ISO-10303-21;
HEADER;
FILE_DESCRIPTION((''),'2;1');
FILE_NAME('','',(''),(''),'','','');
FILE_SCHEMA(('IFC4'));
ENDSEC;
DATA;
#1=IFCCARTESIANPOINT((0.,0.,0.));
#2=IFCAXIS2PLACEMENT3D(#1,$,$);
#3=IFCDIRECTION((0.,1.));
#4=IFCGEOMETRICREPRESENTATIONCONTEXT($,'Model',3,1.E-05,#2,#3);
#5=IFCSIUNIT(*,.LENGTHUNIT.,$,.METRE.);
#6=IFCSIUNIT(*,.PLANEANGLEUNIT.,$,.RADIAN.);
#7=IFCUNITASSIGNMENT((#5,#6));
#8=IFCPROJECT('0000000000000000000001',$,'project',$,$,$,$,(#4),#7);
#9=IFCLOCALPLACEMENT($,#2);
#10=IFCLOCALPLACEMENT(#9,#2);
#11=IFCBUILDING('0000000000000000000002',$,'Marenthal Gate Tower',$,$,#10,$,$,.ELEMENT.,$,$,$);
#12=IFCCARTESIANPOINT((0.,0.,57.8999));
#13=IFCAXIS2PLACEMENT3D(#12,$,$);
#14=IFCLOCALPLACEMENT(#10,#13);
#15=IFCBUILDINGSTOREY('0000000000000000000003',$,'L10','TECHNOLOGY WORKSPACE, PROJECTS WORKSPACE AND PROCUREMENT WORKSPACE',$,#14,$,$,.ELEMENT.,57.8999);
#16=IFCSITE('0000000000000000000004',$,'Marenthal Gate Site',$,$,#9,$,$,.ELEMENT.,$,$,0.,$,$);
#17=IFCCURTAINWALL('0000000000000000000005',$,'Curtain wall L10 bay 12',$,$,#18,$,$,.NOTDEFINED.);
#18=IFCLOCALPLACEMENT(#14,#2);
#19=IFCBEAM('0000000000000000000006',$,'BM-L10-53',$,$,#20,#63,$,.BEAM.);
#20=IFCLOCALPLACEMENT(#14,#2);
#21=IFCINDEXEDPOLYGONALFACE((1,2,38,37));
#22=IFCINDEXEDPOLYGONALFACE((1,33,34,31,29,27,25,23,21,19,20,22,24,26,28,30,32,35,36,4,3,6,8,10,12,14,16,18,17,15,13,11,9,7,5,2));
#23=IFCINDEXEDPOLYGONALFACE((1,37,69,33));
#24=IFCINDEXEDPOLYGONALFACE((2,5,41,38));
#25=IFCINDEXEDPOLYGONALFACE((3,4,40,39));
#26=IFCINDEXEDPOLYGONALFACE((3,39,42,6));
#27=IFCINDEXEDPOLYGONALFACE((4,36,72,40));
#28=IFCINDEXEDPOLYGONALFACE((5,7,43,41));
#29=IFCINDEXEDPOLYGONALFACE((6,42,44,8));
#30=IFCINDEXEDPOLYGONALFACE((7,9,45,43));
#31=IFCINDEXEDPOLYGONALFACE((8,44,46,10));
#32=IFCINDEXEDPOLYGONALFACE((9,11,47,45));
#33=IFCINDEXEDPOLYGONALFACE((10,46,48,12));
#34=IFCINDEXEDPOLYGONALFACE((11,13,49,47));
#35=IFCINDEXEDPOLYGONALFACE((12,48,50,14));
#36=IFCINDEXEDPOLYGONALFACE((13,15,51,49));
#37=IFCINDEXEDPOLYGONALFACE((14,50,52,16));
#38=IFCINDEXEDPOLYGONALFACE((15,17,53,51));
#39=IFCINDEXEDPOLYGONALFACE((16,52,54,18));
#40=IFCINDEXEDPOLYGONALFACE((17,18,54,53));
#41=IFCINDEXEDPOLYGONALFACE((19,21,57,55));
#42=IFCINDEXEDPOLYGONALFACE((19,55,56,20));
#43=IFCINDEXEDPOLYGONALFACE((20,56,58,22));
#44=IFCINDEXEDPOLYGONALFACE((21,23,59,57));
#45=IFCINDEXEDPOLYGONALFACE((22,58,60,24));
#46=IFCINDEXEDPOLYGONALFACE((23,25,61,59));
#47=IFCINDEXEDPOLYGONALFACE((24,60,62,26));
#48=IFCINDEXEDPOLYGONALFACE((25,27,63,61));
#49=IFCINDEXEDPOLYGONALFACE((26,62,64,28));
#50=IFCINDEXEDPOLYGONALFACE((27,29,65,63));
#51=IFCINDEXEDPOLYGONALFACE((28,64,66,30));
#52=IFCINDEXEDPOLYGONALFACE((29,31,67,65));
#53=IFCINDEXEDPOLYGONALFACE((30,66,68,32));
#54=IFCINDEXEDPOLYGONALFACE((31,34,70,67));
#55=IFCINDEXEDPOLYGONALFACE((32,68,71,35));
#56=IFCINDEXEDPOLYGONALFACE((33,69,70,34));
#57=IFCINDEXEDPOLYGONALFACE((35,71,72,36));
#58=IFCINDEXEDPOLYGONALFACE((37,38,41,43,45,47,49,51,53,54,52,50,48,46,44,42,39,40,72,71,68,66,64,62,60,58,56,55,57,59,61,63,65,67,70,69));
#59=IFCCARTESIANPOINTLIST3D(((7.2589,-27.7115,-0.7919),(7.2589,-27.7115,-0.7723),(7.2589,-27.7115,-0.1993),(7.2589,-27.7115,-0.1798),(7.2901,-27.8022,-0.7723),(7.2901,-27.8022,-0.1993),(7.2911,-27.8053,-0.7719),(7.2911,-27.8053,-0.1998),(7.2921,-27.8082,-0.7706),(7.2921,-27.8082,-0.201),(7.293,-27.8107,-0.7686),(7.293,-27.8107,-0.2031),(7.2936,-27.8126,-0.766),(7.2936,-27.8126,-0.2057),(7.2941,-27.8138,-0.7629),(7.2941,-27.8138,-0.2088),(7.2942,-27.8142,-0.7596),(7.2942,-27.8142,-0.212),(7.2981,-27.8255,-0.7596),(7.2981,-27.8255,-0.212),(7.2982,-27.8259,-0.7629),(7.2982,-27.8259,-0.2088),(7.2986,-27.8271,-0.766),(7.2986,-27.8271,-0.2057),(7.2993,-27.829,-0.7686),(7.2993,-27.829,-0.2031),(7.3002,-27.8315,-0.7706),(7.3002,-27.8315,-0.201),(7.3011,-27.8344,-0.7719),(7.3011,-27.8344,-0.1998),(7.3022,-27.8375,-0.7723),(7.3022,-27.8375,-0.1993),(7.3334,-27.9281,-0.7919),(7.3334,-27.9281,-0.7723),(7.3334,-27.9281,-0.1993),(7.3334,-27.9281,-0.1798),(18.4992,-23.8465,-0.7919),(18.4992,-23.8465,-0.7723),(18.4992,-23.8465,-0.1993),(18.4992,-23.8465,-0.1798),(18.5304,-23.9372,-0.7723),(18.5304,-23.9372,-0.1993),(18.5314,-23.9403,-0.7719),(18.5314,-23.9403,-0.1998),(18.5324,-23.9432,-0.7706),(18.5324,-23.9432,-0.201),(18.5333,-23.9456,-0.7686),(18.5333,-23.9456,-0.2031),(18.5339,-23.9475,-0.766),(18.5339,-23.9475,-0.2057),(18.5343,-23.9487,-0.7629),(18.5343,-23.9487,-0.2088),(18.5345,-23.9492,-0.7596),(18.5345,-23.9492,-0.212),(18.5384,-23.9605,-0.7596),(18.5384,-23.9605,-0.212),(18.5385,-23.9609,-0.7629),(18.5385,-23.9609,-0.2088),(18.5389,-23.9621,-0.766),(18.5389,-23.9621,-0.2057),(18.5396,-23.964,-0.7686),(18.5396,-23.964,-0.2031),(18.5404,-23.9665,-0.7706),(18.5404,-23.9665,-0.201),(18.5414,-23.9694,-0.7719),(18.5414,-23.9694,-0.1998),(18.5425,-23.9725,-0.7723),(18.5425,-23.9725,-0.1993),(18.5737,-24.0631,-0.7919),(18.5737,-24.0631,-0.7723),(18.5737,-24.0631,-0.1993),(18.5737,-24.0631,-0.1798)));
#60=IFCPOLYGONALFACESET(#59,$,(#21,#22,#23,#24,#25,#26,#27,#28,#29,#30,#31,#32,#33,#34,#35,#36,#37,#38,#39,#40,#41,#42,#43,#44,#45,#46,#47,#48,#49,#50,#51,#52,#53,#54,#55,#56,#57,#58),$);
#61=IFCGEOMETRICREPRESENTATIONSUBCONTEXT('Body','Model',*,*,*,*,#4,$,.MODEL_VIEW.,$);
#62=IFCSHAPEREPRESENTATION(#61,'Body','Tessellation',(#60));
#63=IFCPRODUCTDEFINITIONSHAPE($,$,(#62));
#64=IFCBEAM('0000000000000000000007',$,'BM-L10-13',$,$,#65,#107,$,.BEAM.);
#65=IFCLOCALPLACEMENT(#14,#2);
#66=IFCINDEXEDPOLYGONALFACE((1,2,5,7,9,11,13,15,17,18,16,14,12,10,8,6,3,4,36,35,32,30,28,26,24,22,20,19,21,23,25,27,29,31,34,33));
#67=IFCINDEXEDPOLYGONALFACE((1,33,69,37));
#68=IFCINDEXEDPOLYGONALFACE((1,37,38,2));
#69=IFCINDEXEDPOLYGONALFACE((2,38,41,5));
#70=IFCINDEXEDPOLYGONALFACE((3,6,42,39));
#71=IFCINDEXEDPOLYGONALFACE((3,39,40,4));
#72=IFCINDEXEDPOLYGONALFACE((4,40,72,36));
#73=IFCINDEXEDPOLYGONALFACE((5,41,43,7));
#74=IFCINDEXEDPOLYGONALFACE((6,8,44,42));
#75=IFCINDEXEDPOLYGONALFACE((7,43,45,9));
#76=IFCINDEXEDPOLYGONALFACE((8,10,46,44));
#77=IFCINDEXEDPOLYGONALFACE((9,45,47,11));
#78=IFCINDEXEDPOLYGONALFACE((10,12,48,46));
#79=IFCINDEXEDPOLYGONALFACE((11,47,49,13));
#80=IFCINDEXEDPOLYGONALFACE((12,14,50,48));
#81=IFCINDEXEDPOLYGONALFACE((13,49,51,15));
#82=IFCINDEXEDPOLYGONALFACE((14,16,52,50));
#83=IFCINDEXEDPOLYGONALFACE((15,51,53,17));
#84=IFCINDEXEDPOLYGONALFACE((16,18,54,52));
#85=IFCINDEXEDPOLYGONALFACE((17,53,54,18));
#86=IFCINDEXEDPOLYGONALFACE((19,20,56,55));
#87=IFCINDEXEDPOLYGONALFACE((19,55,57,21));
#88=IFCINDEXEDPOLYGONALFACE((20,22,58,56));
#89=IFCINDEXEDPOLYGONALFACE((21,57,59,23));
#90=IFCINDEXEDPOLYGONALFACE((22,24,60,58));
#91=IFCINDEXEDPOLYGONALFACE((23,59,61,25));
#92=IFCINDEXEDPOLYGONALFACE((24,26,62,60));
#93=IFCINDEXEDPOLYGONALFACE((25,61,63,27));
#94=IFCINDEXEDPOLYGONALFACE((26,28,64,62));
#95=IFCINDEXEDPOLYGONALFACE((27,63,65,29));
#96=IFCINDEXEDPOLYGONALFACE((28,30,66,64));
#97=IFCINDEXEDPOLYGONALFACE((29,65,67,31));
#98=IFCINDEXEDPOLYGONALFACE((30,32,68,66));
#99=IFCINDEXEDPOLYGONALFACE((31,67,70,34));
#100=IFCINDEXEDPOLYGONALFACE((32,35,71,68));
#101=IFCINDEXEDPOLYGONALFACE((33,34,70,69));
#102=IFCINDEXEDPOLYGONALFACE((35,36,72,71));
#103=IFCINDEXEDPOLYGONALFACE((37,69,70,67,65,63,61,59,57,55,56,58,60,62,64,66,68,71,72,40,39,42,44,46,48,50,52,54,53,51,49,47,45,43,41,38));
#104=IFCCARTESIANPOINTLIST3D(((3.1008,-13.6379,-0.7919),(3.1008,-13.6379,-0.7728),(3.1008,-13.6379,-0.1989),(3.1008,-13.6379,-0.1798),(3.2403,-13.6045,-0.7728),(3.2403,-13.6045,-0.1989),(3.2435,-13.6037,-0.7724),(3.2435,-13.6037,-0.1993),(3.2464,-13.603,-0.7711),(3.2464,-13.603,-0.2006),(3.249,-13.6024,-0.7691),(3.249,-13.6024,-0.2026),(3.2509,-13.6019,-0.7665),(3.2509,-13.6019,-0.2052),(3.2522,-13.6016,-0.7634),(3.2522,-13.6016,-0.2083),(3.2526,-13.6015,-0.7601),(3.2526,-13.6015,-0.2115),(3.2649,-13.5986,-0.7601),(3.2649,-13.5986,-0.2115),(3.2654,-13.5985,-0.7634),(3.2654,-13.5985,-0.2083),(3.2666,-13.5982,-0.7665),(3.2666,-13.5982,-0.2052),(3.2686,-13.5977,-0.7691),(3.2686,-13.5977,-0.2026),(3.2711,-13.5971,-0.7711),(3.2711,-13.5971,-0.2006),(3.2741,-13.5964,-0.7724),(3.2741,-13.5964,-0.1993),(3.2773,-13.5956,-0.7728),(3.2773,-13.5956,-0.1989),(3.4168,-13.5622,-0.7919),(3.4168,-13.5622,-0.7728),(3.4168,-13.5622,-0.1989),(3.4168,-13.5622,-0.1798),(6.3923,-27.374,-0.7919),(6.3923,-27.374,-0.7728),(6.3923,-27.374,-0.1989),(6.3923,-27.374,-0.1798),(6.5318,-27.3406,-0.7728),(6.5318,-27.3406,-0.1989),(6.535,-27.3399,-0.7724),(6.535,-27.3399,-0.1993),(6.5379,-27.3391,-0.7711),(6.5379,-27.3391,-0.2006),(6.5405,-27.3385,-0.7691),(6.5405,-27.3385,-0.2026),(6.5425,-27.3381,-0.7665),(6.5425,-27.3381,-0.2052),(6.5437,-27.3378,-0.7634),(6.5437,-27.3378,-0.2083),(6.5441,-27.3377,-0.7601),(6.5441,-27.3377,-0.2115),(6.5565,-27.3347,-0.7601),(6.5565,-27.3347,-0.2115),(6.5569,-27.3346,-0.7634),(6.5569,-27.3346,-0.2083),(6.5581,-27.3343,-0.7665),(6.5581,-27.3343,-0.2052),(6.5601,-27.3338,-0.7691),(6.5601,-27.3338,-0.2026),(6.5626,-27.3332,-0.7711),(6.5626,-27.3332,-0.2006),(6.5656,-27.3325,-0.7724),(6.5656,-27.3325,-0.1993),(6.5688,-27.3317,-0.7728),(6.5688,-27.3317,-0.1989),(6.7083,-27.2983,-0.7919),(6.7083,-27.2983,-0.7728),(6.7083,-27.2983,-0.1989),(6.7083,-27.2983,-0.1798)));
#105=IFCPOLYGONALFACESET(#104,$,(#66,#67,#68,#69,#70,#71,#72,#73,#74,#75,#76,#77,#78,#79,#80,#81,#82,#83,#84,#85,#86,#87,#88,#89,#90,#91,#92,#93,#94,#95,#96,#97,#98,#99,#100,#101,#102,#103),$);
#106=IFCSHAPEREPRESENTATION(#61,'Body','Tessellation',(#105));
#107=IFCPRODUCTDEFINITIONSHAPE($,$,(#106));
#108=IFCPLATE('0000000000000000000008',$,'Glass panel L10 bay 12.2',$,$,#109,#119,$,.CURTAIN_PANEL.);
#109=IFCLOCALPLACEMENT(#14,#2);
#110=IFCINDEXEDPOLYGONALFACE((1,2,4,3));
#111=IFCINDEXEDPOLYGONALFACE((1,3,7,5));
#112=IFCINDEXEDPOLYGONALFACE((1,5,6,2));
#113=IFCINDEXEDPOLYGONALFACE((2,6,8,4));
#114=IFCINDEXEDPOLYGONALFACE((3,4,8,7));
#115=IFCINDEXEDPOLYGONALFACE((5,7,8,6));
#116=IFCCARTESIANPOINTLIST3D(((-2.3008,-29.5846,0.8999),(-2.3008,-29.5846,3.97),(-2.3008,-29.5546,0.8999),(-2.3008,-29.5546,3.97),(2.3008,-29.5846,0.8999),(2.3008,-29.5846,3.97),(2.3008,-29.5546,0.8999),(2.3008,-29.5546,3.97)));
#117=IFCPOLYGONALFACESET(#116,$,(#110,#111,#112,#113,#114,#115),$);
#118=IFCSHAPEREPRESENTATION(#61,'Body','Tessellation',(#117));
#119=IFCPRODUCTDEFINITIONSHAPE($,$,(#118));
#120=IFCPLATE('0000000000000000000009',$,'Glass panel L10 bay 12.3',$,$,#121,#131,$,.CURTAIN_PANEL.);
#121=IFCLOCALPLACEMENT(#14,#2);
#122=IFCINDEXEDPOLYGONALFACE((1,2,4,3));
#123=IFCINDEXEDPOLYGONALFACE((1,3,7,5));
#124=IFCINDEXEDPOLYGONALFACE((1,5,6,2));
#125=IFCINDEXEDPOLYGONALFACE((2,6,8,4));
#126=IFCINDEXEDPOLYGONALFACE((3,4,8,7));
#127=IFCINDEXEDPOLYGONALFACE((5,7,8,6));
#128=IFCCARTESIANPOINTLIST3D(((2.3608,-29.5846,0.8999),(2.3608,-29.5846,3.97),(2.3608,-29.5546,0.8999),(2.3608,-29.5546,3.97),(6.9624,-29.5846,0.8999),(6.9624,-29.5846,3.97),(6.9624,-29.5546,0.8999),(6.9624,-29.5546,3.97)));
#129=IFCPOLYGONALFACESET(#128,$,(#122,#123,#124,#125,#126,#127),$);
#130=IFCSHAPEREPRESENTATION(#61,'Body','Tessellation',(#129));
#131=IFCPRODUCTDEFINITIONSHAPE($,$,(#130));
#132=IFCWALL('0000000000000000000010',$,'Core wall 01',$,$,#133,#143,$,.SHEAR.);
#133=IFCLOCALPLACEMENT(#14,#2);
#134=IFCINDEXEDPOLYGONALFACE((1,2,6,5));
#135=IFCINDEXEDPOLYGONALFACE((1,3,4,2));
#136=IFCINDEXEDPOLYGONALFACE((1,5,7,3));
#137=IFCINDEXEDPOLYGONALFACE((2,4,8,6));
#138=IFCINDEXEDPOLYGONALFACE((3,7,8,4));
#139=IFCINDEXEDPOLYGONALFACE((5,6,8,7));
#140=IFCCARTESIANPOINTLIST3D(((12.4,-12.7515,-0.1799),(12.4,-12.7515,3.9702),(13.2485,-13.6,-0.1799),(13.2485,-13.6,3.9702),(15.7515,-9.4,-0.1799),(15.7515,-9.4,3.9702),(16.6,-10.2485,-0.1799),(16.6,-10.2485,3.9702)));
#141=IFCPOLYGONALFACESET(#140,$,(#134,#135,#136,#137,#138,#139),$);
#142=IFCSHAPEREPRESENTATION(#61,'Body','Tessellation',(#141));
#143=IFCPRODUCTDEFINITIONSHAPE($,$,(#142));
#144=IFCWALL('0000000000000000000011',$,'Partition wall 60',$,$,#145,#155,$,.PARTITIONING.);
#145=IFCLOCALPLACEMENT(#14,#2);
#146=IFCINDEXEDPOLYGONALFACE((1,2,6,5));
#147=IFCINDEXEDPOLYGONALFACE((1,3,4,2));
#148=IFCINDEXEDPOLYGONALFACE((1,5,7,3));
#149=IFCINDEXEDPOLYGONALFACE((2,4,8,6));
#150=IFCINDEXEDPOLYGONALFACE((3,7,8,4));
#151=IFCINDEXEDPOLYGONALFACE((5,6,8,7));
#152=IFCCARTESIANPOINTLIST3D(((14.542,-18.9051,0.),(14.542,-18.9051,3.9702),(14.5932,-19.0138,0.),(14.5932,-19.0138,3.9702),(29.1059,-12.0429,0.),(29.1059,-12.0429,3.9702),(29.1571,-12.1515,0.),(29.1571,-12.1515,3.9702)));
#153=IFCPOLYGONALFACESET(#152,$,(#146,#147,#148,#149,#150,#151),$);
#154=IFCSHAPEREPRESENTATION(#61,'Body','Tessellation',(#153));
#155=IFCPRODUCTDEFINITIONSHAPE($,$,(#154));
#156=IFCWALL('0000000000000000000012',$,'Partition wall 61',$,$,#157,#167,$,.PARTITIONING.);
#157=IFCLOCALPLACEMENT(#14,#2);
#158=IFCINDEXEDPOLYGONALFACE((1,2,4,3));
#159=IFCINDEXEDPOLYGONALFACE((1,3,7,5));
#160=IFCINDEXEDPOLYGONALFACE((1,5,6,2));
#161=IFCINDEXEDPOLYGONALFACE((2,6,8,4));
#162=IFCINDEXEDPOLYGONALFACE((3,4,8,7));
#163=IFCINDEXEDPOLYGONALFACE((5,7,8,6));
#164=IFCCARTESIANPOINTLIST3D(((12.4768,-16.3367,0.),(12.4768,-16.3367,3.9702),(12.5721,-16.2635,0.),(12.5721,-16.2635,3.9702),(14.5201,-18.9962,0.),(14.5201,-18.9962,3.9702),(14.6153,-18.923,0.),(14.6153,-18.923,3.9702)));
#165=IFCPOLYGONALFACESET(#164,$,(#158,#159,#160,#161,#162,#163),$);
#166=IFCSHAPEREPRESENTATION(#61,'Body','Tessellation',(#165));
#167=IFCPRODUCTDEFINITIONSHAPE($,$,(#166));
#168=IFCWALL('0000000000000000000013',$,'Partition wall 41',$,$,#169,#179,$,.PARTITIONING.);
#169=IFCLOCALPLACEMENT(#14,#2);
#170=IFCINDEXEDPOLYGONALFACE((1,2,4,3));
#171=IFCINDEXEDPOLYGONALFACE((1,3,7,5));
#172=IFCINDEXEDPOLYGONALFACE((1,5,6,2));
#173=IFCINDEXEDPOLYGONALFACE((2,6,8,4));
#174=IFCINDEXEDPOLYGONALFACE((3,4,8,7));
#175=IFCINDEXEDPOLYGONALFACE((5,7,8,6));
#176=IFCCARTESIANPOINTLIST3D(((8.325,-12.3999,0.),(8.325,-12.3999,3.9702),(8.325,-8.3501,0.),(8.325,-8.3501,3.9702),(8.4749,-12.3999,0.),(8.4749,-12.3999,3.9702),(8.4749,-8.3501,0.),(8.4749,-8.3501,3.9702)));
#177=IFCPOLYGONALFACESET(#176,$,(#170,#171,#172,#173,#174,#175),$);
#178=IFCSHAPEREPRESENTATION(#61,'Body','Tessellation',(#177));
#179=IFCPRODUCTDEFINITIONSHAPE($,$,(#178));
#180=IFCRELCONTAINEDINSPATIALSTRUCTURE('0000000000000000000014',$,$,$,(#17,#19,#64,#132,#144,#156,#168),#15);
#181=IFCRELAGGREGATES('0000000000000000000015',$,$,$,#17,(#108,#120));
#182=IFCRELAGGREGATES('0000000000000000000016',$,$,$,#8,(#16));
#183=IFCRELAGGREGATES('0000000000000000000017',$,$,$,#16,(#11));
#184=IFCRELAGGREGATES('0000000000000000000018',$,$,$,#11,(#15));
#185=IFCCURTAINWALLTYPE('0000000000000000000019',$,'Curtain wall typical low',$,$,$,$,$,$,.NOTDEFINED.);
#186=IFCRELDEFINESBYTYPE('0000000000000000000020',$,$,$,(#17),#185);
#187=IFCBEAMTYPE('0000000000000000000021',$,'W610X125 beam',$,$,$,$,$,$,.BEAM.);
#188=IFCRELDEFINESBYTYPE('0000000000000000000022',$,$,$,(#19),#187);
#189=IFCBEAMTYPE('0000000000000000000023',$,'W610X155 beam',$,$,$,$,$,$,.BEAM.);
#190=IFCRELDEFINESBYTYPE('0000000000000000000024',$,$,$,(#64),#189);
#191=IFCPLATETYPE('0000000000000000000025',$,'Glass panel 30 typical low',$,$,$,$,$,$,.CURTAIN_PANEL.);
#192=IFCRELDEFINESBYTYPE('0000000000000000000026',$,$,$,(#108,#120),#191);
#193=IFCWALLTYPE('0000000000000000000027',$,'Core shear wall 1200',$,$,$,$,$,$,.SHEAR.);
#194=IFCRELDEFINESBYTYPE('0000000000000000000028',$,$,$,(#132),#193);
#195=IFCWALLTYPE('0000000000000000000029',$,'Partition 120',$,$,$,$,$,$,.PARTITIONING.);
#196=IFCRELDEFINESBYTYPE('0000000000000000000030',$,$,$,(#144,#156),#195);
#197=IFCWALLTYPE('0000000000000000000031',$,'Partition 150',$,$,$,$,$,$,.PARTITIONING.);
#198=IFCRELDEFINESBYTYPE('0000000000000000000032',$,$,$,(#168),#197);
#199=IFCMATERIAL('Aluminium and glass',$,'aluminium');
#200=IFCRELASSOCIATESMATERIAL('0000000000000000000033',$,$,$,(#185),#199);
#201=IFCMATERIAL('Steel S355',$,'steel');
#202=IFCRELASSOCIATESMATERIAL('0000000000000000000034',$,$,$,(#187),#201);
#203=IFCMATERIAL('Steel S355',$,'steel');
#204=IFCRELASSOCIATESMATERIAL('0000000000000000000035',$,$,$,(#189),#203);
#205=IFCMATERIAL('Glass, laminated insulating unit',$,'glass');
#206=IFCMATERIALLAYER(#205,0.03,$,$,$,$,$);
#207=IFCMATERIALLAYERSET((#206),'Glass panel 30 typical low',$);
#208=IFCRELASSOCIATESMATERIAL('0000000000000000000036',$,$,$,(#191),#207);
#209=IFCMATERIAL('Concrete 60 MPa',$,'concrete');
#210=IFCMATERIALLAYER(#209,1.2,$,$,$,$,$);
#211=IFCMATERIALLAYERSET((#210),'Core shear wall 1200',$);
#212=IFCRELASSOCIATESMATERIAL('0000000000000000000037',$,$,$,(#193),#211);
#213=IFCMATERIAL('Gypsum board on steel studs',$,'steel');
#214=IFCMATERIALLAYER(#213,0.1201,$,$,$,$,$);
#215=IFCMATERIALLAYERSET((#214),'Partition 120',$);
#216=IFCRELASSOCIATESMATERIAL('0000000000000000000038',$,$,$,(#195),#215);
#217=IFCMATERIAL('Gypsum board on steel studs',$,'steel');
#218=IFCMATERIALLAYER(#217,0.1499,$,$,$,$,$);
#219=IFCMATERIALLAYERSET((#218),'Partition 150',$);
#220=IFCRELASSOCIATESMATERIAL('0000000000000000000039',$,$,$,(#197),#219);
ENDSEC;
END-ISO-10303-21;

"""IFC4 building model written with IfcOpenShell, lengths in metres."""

from ifc_helpers import new_model, si_unit, direction, frame, frame_2d, origin, origin_2d, place, context, subcontext, project, spatial, rectangle, i_section, extrude, material, layer, layer_set, material_profile, profile_set, type_object, element, aggregate, save


model = new_model("IFC4")

# Units and contexts
model_context = context("Model", 3, precision=1e-05, world=origin(), true_north=direction((0.0, 1.0)))
body_context = subcontext(model_context, "Body", "Model", "MODEL_VIEW")
ifc_project = project(units=[si_unit("LENGTHUNIT", "METRE"), si_unit("PLANEANGLEUNIT", "RADIAN")], contexts=[model_context])

# Site, building, storey
site_placement = place(None, origin())
site = spatial("IfcSite", under=ifc_project, at=site_placement, Name="Marenthal Gate Site", CompositionType="ELEMENT", RefElevation=0.0)
building_placement = place(site_placement, origin())
building = spatial("IfcBuilding", under=site, at=building_placement, Name="Marenthal Gate Tower", CompositionType="ELEMENT")
storey_placement = place(building_placement, frame((0.0, 0.0, 57.8999)))
storey = spatial("IfcBuildingStorey", under=building, at=storey_placement, Name="L10", Description="TECHNOLOGY WORKSPACE, PROJECTS WORKSPACE AND PROCUREMENT WORKSPACE", CompositionType="ELEMENT", Elevation=57.8999)

# Curtain wall
ifc_material_1 = material(Name="Aluminium and glass", Category="aluminium")
curtain_wall_type = type_object("IfcCurtainWallType", Name="Curtain wall typical low", PredefinedType="NOTDEFINED", material=ifc_material_1)
curtain_wall_placement = place(storey_placement, origin())
curtain_wall = element("IfcCurtainWall", 1, at=curtain_wall_placement, inside=storey, type_object=curtain_wall_type, Name="Curtain wall L10 bay 12", PredefinedType="NOTDEFINED")

# Beams
ifc_material_2 = material(Name="Steel S355", Category="steel")
ifc_material_profile_1 = material_profile(ifc_material_2, i_section(OverallWidth=0.229, OverallDepth=0.6121, WebThickness=0.012, FlangeThickness=0.0195, FilletRadius=0.0127, at=origin_2d()), Name="W610X125")
ifc_profile_set_1 = profile_set([ifc_material_profile_1], Name="Steel S355")
beam_type_1 = type_object("IfcBeamType", Name="W610X125 beam", PredefinedType="BEAM", material=ifc_profile_set_1)
beam_1_placement = place(storey_placement, frame((7.2961, -27.8198, -0.4858), z_axis=(0.945657, 0.325167, 0.0), x_axis=(-0.325167, 0.945657, 0.0)))
element("IfcBeam", 2, at=beam_1_placement, inside=storey, type_object=beam_type_1, Name="BM-L10-53", PredefinedType="BEAM", context=body_context, shape_type="SweptSolid", body=[
    extrude(i_section(OverallWidth=0.229, OverallDepth=0.6121, WebThickness=0.012, FlangeThickness=0.0195, FilletRadius=0.0127, at=origin_2d()), origin(), (0.0, 0.0, 1.0), 11.8862),
])
ifc_material_3 = material(Name="Steel S355", Category="steel")
ifc_material_profile_2 = material_profile(ifc_material_3, i_section(OverallWidth=0.325, OverallDepth=0.6121, WebThickness=0.0127, FlangeThickness=0.019, FilletRadius=0.0127, at=origin_2d()), Name="W610X155")
ifc_profile_set_2 = profile_set([ifc_material_profile_2], Name="Steel S355")
beam_type_2 = type_object("IfcBeamType", Name="W610X155 beam", PredefinedType="BEAM", material=ifc_profile_set_2)
beam_2_placement = place(storey_placement, frame((6.5503, -27.3362, -0.4858), z_axis=(-0.233028, 0.97247, 0.0), x_axis=(-0.97247, -0.233028, 0.0)))
element("IfcBeam", 3, at=beam_2_placement, inside=storey, type_object=beam_type_2, Name="BM-L10-13", PredefinedType="BEAM", context=body_context, shape_type="SweptSolid", body=[
    extrude(i_section(OverallWidth=0.325, OverallDepth=0.6121, WebThickness=0.0127, FlangeThickness=0.019, FilletRadius=0.0127, at=origin_2d()), origin(), (0.0, 0.0, 1.0), 14.125),
])

# Plates
ifc_material_4 = material(Name="Glass, laminated insulating unit", Category="glass")
ifc_layer_1 = layer(ifc_material_4, 0.03)
ifc_layer_set_1 = layer_set([ifc_layer_1], Name="Glass panel 30 typical low")
plate_type = type_object("IfcPlateType", Name="Glass panel 30 typical low", PredefinedType="CURTAIN_PANEL", material=ifc_layer_set_1)
plate_1_placement = place(storey_placement, frame((0.0, -29.5696, 0.8999), z_axis=(0.0, 0.0, 1.0), x_axis=(1.0, 0.0, 0.0)))
plate_1 = element("IfcPlate", 4, at=plate_1_placement, type_object=plate_type, Name="Glass panel L10 bay 12.2", PredefinedType="CURTAIN_PANEL", context=body_context, shape_type="SweptSolid", body=[
    extrude(rectangle(XDim=4.6016, YDim=0.03, at=origin_2d()), origin(), (0.0, 0.0, 1.0), 3.0701),
])
plate_2_placement = place(storey_placement, frame((4.6616, -29.5696, 0.8999), z_axis=(0.0, 0.0, 1.0), x_axis=(1.0, 0.0, 0.0)))
plate_2 = element("IfcPlate", 5, at=plate_2_placement, type_object=plate_type, Name="Glass panel L10 bay 12.3", PredefinedType="CURTAIN_PANEL", context=body_context, shape_type="SweptSolid", body=[
    extrude(rectangle(XDim=4.6016, YDim=0.03, at=origin_2d()), origin(), (0.0, 0.0, 1.0), 3.0701),
])
aggregate(curtain_wall, [plate_1, plate_2])

# Walls
ifc_material_5 = material(Name="Concrete 60 MPa", Category="concrete")
ifc_layer_2 = layer(ifc_material_5, 1.2)
ifc_layer_set_2 = layer_set([ifc_layer_2], Name="Core shear wall 1200")
wall_type_1 = type_object("IfcWallType", Name="Core shear wall 1200", PredefinedType="SHEAR", material=ifc_layer_set_2)
wall_1_placement = place(storey_placement, frame((12.8242, -13.1758, -0.1799), z_axis=(0.0, 0.0, 1.0), x_axis=(0.707107, 0.707107, 0.0)))
element("IfcWall", 6, at=wall_1_placement, inside=storey, type_object=wall_type_1, Name="Core wall 01", PredefinedType="SHEAR", context=body_context, shape_type="SweptSolid", body=[
    extrude(rectangle(XDim=4.7397, YDim=1.2, at=frame_2d((2.3699, 0.0))), origin(), (0.0, 0.0, 1.0), 4.1501),
])
ifc_material_6 = material(Name="Gypsum board on steel studs", Category="steel")
ifc_layer_3 = layer(ifc_material_6, 0.1201)
ifc_layer_set_3 = layer_set([ifc_layer_3], Name="Partition 120")
wall_type_2 = type_object("IfcWallType", Name="Partition 120", PredefinedType="PARTITIONING", material=ifc_layer_set_3)
wall_2_placement = place(storey_placement, frame((14.5676, -18.9595, 0.0), z_axis=(0.0, 0.0, 1.0), x_axis=(0.904611, 0.426238, 0.0)))
element("IfcWall", 7, at=wall_2_placement, inside=storey, type_object=wall_type_2, Name="Partition wall 60", PredefinedType="PARTITIONING", context=body_context, shape_type="SweptSolid", body=[
    extrude(rectangle(XDim=16.0996, YDim=0.1201, at=frame_2d((8.0498, 0.0))), origin(), (0.0, 0.0, 1.0), 3.9702),
])
wall_3_placement = place(storey_placement, frame((14.5676, -18.9595, 0.0), z_axis=(0.0, 0.0, 1.0), x_axis=(-0.609243, 0.792984, 0.0)))
element("IfcWall", 8, at=wall_3_placement, inside=storey, type_object=wall_type_2, Name="Partition wall 61", PredefinedType="PARTITIONING", context=body_context, shape_type="SweptSolid", body=[
    extrude(rectangle(XDim=3.3538, YDim=0.1201, at=frame_2d((1.6768, 0.0))), origin(), (0.0, 0.0, 1.0), 3.9702),
])
ifc_material_7 = material(Name="Gypsum board on steel studs", Category="steel")
ifc_layer_4 = layer(ifc_material_7, 0.1499)
ifc_layer_set_4 = layer_set([ifc_layer_4], Name="Partition 150")
wall_type_3 = type_object("IfcWallType", Name="Partition 150", PredefinedType="PARTITIONING", material=ifc_layer_set_4)
wall_4_placement = place(storey_placement, frame((8.3999, -12.3999, 0.0), z_axis=(0.0, 0.0, 1.0), x_axis=(0.0, 1.0, 0.0)))
element("IfcWall", 9, at=wall_4_placement, inside=storey, type_object=wall_type_3, Name="Partition wall 41", PredefinedType="PARTITIONING", context=body_context, shape_type="SweptSolid", body=[
    extrude(rectangle(XDim=4.0498, YDim=0.1499, at=frame_2d((2.0249, 0.0))), origin(), (0.0, 0.0, 1.0), 3.9702),
])

save(model, "model.ifc")
